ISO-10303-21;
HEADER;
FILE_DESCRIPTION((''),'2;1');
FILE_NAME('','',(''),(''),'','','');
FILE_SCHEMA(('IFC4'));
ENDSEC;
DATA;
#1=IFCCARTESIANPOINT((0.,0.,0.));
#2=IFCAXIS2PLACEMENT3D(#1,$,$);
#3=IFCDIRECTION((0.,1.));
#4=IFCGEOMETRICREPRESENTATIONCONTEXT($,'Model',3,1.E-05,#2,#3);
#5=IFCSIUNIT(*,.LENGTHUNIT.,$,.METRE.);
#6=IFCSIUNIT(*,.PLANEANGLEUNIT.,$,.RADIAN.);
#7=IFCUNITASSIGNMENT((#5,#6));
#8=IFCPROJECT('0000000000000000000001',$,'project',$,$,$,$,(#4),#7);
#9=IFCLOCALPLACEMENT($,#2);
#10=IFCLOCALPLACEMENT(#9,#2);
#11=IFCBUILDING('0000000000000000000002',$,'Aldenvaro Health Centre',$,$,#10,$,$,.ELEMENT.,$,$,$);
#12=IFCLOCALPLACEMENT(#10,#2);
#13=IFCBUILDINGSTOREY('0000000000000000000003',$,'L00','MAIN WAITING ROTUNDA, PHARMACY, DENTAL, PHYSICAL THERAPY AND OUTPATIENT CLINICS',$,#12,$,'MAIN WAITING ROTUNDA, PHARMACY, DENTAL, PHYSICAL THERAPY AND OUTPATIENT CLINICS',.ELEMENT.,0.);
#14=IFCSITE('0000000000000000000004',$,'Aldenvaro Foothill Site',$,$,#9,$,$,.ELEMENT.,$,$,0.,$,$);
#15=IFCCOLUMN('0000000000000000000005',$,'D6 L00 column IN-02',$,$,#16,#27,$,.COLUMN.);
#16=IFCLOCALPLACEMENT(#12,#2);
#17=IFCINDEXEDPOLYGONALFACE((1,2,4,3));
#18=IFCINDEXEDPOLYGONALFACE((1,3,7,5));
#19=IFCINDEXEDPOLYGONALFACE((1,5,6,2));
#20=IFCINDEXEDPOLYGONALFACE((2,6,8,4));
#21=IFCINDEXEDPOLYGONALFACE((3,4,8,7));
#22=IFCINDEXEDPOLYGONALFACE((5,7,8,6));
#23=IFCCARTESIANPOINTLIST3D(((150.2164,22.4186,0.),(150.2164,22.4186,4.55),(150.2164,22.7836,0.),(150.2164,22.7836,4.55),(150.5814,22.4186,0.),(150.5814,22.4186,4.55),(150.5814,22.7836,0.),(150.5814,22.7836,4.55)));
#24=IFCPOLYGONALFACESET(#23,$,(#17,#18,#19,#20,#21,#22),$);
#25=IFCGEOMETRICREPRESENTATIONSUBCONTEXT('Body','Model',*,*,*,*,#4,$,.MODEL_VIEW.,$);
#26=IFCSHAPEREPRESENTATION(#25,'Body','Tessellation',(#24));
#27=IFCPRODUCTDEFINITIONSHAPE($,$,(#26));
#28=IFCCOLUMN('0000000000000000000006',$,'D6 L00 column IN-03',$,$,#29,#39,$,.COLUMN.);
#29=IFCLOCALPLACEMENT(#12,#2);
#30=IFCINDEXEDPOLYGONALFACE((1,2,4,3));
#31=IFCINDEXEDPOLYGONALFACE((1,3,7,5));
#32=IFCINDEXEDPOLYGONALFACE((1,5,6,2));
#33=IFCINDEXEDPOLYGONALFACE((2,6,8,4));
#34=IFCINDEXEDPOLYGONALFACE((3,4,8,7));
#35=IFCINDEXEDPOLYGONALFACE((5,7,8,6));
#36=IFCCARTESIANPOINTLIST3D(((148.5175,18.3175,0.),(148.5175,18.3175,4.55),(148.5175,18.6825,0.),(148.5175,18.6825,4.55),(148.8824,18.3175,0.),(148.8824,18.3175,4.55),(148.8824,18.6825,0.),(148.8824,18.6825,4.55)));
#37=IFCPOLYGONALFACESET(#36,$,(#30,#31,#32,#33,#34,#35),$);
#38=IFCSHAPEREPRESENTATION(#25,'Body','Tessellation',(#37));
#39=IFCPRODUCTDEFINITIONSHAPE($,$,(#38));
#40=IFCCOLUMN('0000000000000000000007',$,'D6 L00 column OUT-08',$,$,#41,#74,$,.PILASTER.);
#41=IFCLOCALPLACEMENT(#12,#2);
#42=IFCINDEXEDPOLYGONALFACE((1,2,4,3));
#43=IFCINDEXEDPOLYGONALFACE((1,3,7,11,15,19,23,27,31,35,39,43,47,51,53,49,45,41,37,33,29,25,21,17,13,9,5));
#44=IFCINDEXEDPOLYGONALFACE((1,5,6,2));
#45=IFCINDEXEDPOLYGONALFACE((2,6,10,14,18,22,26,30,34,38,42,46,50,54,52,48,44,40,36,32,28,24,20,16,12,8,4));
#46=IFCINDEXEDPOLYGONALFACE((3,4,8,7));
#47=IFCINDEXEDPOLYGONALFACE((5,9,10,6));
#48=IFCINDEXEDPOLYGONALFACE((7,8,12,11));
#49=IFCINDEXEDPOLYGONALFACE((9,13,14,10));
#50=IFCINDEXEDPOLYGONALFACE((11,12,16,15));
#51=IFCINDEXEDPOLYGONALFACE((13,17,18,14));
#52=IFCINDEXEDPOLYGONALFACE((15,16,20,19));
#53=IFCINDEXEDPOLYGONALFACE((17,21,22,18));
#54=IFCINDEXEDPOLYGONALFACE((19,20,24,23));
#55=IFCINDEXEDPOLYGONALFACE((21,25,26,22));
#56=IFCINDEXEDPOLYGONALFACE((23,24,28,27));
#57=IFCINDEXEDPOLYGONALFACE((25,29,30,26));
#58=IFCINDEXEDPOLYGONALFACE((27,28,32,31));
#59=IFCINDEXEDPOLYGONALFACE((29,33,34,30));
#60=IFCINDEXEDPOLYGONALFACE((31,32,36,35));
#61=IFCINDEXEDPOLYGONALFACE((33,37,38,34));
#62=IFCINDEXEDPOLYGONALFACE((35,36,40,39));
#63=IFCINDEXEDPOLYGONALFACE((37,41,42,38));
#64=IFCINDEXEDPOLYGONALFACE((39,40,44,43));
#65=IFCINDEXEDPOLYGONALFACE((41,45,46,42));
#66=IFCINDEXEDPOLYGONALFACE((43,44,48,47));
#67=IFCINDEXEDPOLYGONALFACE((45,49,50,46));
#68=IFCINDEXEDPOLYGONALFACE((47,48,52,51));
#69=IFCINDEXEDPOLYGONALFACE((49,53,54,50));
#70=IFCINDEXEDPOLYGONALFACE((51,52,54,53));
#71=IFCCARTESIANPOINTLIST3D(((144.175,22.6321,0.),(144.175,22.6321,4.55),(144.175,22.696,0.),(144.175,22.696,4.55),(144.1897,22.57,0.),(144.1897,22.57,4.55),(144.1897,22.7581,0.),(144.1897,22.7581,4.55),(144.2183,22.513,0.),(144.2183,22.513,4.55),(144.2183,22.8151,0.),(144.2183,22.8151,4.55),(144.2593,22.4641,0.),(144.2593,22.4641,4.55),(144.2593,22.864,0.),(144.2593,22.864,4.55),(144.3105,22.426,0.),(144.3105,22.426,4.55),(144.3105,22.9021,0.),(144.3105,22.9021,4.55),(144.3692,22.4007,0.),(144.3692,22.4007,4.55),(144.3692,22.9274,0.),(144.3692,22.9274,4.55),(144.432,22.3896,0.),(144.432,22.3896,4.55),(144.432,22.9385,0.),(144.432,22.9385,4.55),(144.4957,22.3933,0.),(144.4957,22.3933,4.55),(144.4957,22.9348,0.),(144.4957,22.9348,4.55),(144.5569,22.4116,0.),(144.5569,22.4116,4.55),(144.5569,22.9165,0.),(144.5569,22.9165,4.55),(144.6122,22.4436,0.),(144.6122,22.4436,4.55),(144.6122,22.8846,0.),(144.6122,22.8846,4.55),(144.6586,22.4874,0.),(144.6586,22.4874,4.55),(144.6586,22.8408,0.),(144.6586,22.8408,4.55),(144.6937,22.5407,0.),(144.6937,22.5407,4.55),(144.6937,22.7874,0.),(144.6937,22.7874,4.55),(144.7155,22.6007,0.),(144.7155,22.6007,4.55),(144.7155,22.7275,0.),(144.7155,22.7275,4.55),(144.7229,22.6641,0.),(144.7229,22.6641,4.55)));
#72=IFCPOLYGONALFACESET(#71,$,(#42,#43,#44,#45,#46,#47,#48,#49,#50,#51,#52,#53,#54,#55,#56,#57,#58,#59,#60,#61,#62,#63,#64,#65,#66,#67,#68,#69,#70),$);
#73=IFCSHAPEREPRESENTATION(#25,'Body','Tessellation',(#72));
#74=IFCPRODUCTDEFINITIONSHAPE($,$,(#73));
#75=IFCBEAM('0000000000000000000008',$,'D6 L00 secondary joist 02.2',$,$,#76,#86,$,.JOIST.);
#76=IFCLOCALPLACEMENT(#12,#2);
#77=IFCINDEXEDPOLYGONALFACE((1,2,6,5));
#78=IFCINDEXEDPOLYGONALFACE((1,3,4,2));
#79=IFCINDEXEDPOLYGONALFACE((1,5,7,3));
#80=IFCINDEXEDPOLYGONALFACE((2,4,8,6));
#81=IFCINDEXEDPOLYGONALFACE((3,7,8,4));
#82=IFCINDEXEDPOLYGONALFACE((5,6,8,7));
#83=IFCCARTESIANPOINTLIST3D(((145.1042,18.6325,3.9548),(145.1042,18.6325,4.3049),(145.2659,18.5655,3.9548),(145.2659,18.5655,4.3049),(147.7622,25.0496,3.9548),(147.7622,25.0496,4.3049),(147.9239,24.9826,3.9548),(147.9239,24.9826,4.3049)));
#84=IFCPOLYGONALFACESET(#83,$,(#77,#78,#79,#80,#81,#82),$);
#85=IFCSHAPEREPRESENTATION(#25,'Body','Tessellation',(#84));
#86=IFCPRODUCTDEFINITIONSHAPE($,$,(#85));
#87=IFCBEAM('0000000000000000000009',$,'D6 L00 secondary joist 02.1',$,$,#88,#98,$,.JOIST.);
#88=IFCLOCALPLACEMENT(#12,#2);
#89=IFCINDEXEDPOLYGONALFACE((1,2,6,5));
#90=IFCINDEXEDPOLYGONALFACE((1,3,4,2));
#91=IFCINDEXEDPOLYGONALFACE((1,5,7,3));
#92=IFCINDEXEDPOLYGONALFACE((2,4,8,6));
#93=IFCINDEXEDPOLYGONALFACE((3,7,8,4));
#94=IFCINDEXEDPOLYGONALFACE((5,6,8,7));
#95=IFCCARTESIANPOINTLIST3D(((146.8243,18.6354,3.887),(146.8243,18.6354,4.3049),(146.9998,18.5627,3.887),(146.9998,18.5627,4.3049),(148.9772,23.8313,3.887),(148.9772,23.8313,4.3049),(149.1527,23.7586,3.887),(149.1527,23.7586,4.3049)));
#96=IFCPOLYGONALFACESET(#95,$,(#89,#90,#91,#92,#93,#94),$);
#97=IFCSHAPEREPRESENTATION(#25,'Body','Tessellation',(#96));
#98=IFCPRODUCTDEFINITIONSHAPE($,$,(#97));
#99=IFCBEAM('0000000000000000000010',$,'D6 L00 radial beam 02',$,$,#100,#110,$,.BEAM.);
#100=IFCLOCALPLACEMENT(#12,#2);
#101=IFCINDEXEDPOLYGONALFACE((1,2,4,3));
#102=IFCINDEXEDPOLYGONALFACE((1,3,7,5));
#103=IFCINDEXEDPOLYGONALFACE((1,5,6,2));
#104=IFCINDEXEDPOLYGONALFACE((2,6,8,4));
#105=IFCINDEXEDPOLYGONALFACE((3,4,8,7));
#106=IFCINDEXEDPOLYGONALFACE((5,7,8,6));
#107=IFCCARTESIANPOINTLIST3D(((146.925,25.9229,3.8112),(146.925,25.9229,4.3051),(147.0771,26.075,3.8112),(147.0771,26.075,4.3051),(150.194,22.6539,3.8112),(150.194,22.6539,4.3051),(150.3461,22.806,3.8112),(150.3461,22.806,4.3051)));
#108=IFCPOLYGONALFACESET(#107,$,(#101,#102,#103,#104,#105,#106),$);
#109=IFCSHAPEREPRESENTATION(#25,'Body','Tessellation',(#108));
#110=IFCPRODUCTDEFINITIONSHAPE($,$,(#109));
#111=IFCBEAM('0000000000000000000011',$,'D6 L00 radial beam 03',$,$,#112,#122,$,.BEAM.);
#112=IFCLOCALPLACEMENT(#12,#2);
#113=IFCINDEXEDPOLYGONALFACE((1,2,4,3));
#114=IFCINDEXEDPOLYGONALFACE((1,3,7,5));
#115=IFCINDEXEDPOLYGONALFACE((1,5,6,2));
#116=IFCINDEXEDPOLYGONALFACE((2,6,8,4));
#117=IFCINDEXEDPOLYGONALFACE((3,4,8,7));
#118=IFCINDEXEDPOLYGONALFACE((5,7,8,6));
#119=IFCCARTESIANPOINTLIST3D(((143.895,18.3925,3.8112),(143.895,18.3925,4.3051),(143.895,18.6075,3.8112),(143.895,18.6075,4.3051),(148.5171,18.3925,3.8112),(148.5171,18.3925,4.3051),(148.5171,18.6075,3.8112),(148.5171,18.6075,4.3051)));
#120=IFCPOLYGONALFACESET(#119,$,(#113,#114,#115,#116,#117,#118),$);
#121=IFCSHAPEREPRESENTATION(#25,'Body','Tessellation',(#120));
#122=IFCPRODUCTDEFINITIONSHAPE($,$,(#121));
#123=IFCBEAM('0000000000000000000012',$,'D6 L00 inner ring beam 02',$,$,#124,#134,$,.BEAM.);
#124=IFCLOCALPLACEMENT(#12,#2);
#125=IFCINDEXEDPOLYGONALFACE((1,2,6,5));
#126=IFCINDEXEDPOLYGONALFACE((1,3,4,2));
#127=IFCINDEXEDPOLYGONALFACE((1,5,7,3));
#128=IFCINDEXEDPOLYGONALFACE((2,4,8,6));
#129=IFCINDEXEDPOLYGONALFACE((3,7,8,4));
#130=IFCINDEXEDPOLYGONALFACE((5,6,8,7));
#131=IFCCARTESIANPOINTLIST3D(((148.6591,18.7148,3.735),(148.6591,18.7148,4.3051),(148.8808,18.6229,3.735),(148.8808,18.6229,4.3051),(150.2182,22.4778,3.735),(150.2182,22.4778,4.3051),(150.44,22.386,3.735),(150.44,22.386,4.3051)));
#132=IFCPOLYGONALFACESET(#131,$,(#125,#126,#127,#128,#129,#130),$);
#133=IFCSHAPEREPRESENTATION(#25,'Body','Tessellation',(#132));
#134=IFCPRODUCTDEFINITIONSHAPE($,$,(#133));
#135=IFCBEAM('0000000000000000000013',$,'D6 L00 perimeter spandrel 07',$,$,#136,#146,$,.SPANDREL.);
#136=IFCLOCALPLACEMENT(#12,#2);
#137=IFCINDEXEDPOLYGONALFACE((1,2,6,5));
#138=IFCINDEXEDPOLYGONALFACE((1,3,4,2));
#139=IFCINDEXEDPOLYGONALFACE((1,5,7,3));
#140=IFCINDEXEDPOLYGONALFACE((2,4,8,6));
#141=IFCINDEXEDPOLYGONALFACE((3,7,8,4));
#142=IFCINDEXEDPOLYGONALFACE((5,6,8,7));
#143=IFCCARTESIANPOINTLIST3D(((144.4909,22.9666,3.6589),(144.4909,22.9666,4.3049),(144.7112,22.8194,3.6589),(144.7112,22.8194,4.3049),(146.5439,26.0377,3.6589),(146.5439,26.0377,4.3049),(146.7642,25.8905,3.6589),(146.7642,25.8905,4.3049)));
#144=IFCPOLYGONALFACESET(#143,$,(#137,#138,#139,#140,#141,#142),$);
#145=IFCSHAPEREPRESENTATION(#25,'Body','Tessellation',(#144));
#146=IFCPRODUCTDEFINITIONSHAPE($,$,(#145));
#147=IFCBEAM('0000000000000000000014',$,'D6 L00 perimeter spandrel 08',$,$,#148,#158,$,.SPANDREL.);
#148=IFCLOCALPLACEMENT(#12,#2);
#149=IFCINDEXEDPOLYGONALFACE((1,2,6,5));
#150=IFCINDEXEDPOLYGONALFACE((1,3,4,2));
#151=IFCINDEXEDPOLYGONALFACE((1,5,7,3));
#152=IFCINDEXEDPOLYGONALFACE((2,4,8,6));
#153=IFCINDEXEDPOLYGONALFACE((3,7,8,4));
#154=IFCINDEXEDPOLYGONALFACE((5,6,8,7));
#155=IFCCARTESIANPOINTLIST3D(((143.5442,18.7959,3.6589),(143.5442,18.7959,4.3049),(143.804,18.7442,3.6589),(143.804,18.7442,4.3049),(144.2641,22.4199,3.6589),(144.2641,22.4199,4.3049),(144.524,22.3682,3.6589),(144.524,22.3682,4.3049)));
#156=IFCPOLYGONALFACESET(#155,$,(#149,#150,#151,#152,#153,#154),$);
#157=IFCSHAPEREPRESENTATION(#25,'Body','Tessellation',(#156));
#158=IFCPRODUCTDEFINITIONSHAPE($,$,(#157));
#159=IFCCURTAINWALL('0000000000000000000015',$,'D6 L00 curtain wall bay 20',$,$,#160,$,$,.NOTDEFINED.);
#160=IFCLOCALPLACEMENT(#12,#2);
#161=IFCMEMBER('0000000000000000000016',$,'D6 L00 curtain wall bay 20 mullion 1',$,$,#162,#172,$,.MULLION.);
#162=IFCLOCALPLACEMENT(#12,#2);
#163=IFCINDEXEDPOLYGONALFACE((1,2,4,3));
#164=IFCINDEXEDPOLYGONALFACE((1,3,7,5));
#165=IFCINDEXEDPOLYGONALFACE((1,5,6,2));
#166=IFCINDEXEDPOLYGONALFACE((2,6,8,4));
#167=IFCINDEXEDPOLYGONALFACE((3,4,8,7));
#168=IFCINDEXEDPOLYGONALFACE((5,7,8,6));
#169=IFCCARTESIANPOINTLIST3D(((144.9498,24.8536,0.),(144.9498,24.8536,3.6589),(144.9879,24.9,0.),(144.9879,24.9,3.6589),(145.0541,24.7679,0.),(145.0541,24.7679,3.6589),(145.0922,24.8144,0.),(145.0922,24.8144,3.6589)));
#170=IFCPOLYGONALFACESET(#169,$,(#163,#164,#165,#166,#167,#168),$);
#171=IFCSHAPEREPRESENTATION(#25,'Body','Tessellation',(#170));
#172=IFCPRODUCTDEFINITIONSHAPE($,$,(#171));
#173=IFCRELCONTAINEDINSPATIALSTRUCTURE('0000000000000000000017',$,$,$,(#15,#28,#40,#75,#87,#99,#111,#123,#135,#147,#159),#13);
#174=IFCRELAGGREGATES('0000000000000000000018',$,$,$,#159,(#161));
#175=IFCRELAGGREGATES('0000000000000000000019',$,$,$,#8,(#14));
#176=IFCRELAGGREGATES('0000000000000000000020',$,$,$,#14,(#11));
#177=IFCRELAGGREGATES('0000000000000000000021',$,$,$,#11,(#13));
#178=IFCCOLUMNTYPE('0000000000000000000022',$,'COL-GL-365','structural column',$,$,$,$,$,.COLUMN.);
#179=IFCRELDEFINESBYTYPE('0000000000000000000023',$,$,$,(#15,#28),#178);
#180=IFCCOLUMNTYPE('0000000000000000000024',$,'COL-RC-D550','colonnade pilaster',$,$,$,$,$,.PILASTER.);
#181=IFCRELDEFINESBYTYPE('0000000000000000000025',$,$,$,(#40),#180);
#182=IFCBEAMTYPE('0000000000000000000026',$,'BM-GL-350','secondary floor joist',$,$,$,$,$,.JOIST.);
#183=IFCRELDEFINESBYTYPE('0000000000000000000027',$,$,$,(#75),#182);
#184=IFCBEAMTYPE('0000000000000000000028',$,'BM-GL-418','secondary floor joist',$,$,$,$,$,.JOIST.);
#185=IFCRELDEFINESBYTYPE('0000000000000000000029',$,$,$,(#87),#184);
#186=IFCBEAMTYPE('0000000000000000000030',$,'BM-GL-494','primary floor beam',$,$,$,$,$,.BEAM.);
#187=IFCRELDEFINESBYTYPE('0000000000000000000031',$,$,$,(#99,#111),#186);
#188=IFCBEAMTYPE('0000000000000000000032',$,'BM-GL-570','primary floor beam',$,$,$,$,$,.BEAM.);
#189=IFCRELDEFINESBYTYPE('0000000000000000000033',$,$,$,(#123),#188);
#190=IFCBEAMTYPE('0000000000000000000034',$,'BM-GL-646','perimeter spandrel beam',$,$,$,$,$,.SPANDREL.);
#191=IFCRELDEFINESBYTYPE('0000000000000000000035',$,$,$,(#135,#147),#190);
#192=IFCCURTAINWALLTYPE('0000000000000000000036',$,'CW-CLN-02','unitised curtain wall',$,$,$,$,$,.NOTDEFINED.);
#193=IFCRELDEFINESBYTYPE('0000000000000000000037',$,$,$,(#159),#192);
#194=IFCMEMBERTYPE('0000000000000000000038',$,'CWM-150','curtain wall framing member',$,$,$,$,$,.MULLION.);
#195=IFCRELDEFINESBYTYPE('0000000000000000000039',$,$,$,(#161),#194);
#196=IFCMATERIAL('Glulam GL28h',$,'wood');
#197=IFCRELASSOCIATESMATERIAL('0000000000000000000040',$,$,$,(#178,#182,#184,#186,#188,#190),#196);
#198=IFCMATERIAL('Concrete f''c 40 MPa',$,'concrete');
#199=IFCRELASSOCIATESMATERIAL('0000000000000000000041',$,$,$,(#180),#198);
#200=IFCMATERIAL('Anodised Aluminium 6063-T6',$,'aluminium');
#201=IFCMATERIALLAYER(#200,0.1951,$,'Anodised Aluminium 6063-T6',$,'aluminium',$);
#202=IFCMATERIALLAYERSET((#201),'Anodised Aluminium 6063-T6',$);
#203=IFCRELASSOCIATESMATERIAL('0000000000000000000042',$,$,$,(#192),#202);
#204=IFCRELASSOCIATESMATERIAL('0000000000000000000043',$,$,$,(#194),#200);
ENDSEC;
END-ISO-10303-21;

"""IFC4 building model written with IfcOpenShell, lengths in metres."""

from ifc_helpers import new_model, si_unit, direction, frame, origin, origin_2d, place, context, subcontext, project, spatial, rectangle, circle, extrude, material, layer, layer_set, material_profile, profile_set, type_object, element, aggregate, save


model = new_model("IFC4")

# Units and contexts
model_context = context("Model", 3, precision=1e-05, world=origin(), true_north=direction((0.0, 1.0)))
body_context = subcontext(model_context, "Body", "Model", "MODEL_VIEW")
ifc_project = project(units=[si_unit("LENGTHUNIT", "METRE"), si_unit("PLANEANGLEUNIT", "RADIAN")], contexts=[model_context])

# Site, building, storey
site_placement = place(None, origin())
site = spatial("IfcSite", under=ifc_project, at=site_placement, Name="Aldenvaro Foothill Site", CompositionType="ELEMENT", RefElevation=0.0)
building_placement = place(site_placement, origin())
building = spatial("IfcBuilding", under=site, at=building_placement, Name="Aldenvaro Health Centre", CompositionType="ELEMENT")
storey_placement = place(building_placement, origin())
storey = spatial("IfcBuildingStorey", under=building, at=storey_placement, Name="L00", Description="MAIN WAITING ROTUNDA, PHARMACY, DENTAL, PHYSICAL THERAPY AND OUTPATIENT CLINICS", LongName="MAIN WAITING ROTUNDA, PHARMACY, DENTAL, PHYSICAL THERAPY AND OUTPATIENT CLINICS", CompositionType="ELEMENT", Elevation=0.0)

# Columns
ifc_material_1 = material(Name="Glulam GL28h", Category="wood")
ifc_material_profile_1 = material_profile(ifc_material_1, rectangle(XDim=0.365, YDim=0.365, at=origin_2d()), Name="GL 365x365", Category="wood")
ifc_profile_set_1 = profile_set([ifc_material_profile_1], Name="Glulam GL28h")
column_type_1 = type_object("IfcColumnType", Name="COL-GL-365", Description="structural column", PredefinedType="COLUMN", material=ifc_profile_set_1)
for number, where, z_axis, x_axis, name in (
    (1, (150.3989, 22.6011, 0.0), (0.0, 0.0, 1.0), (1.0, 0.0, 0.0), "D6 L00 column IN-02"),
    (2, (148.7, 18.5, 0.0), (0.0, 0.0, 1.0), (1.0, 0.0, 0.0), "D6 L00 column IN-03"),
):
    element("IfcColumn", number, at=place(storey_placement, frame(where, z_axis=z_axis, x_axis=x_axis)), inside=storey, type_object=column_type_1, Name=name, PredefinedType="COLUMN", context=body_context, shape_type="SweptSolid", body=[
        extrude(rectangle(XDim=0.365, YDim=0.365, at=origin_2d()), origin(), (0.0, 0.0, 1.0), 4.55),
    ])
ifc_material_2 = material(Name="Concrete f'c 40 MPa", Category="concrete")
ifc_material_profile_2 = material_profile(ifc_material_2, circle(Radius=0.2749, at=origin_2d()), Name="RC D550", Category="concrete")
ifc_profile_set_2 = profile_set([ifc_material_profile_2], Name="Concrete f'c 40 MPa")
column_type_2 = type_object("IfcColumnType", Name="COL-RC-D550", Description="colonnade pilaster", PredefinedType="PILASTER", material=ifc_profile_set_2)
column_placement = place(storey_placement, frame((144.448, 22.6641, 0.0), z_axis=(0.0, 0.0, 1.0), x_axis=(1.0, 0.0, 0.0)))
element("IfcColumn", 3, at=column_placement, inside=storey, type_object=column_type_2, Name="D6 L00 column OUT-08", PredefinedType="PILASTER", context=body_context, shape_type="SweptSolid", body=[
    extrude(circle(Radius=0.2749, at=origin_2d()), origin(), (0.0, 0.0, 1.0), 4.55),
])

# Beams
ifc_material_profile_3 = material_profile(ifc_material_1, rectangle(XDim=0.175, YDim=0.3501, at=origin_2d()), Name="GL 175x350", Category="wood")
ifc_profile_set_3 = profile_set([ifc_material_profile_3], Name="Glulam GL28h")
beam_type_1 = type_object("IfcBeamType", Name="BM-GL-350", Description="secondary floor joist", PredefinedType="JOIST", material=ifc_profile_set_3)
beam_1_placement = place(storey_placement, frame((147.843, 25.0161, 4.1299), z_axis=(-0.382678, -0.923882, 0.0), x_axis=(0.923882, -0.382678, 0.0)))
element("IfcBeam", 4, at=beam_1_placement, inside=storey, type_object=beam_type_1, Name="D6 L00 secondary joist 02.2", PredefinedType="JOIST", context=body_context, shape_type="SweptSolid", body=[
    extrude(rectangle(XDim=0.175, YDim=0.3501, at=origin_2d()), origin(), (0.0, 0.0, 1.0), 6.9458),
])
ifc_material_profile_4 = material_profile(ifc_material_1, rectangle(XDim=0.1899, YDim=0.418, at=origin_2d()), Name="GL 190x418", Category="wood")
ifc_profile_set_4 = profile_set([ifc_material_profile_4], Name="Glulam GL28h")
beam_type_2 = type_object("IfcBeamType", Name="BM-GL-418", Description="secondary floor joist", PredefinedType="JOIST", material=ifc_profile_set_4)
beam_2_placement = place(storey_placement, frame((149.0649, 23.7949, 4.0959), z_axis=(-0.382784, -0.923838, 0.0), x_axis=(0.923838, -0.382784, 0.0)))
element("IfcBeam", 5, at=beam_2_placement, inside=storey, type_object=beam_type_2, Name="D6 L00 secondary joist 02.1", PredefinedType="JOIST", context=body_context, shape_type="SweptSolid", body=[
    extrude(rectangle(XDim=0.1899, YDim=0.418, at=origin_2d()), origin(), (0.0, 0.0, 1.0), 5.6243),
])
ifc_material_profile_5 = material_profile(ifc_material_1, rectangle(XDim=0.2151, YDim=0.4939, at=origin_2d()), Name="GL 215x494", Category="wood")
ifc_profile_set_5 = profile_set([ifc_material_profile_5], Name="Glulam GL28h")
beam_type_3 = type_object("IfcBeamType", Name="BM-GL-494", Description="primary floor beam", PredefinedType="BEAM", material=ifc_profile_set_5)
beam_3_placement = place(storey_placement, frame((150.27, 22.73, 4.0581), z_axis=(-0.707107, 0.707107, 0.0), x_axis=(-0.707107, -0.707107, 0.0)))
element("IfcBeam", 6, at=beam_3_placement, inside=storey, type_object=beam_type_3, Name="D6 L00 radial beam 02", PredefinedType="BEAM", context=body_context, shape_type="SweptSolid", body=[
    extrude(rectangle(XDim=0.2151, YDim=0.4939, at=origin_2d()), origin(), (0.0, 0.0, 1.0), 4.623),
])
beam_4_placement = place(storey_placement, frame((148.5171, 18.5, 4.0581), z_axis=(-1.0, 0.0, 0.0), x_axis=(0.0, -1.0, 0.0)))
element("IfcBeam", 7, at=beam_4_placement, inside=storey, type_object=beam_type_3, Name="D6 L00 radial beam 03", PredefinedType="BEAM", context=body_context, shape_type="SweptSolid", body=[
    extrude(rectangle(XDim=0.2151, YDim=0.4939, at=origin_2d()), origin(), (0.0, 0.0, 1.0), 4.6221),
])
ifc_material_profile_6 = material_profile(ifc_material_1, rectangle(XDim=0.24, YDim=0.5701, at=origin_2d()), Name="GL 240x570", Category="wood")
ifc_profile_set_6 = profile_set([ifc_material_profile_6], Name="Glulam GL28h")
beam_type_4 = type_object("IfcBeamType", Name="BM-GL-570", Description="primary floor beam", PredefinedType="BEAM", material=ifc_profile_set_6)
beam_5_placement = place(storey_placement, frame((150.3291, 22.4319, 4.02), z_axis=(-0.382772, -0.923843, 0.0), x_axis=(0.923843, -0.382772, 0.0)))
element("IfcBeam", 8, at=beam_5_placement, inside=storey, type_object=beam_type_4, Name="D6 L00 inner ring beam 02", PredefinedType="BEAM", context=body_context, shape_type="SweptSolid", body=[
    extrude(rectangle(XDim=0.24, YDim=0.5701, at=origin_2d()), origin(), (0.0, 0.0, 1.0), 4.0732),
])
ifc_material_profile_7 = material_profile(ifc_material_1, rectangle(XDim=0.2649, YDim=0.646, at=origin_2d()), Name="GL 265x646", Category="wood")
ifc_profile_set_7 = profile_set([ifc_material_profile_7], Name="Glulam GL28h")
beam_type_5 = type_object("IfcBeamType", Name="BM-GL-646", Description="perimeter spandrel beam", PredefinedType="SPANDREL", material=ifc_profile_set_7)
beam_6_placement = place(storey_placement, frame((146.6541, 25.9641, 3.9819), z_axis=(-0.555752, -0.831348, 0.0), x_axis=(0.831348, -0.555752, 0.0)))
element("IfcBeam", 9, at=beam_6_placement, inside=storey, type_object=beam_type_5, Name="D6 L00 perimeter spandrel 07", PredefinedType="SPANDREL", context=body_context, shape_type="SweptSolid", body=[
    extrude(rectangle(XDim=0.2649, YDim=0.646, at=origin_2d()), origin(), (0.0, 0.0, 1.0), 3.6941),
])
beam_7_placement = place(storey_placement, frame((144.394, 22.394, 3.9819), z_axis=(-0.194858, -0.980831, 0.0), x_axis=(0.980831, -0.194858, 0.0)))
element("IfcBeam", 10, at=beam_7_placement, inside=storey, type_object=beam_type_5, Name="D6 L00 perimeter spandrel 08", PredefinedType="SPANDREL", context=body_context, shape_type="SweptSolid", body=[
    extrude(rectangle(XDim=0.2649, YDim=0.646, at=origin_2d()), origin(), (0.0, 0.0, 1.0), 3.6948),
])

# Curtain wall, member
ifc_material_3 = material(Name="Anodised Aluminium 6063-T6", Category="aluminium")
ifc_layer_1 = layer(ifc_material_3, 0.1951, Name="Anodised Aluminium 6063-T6", Category="aluminium")
ifc_layer_set_1 = layer_set([ifc_layer_1], Name="Anodised Aluminium 6063-T6")
curtain_wall_type = type_object("IfcCurtainWallType", Name="CW-CLN-02", Description="unitised curtain wall", PredefinedType="NOTDEFINED", material=ifc_layer_set_1)
curtain_wall_placement = place(storey_placement, origin())
curtain_wall = element("IfcCurtainWall", 11, at=curtain_wall_placement, inside=storey, type_object=curtain_wall_type, Name="D6 L00 curtain wall bay 20", PredefinedType="NOTDEFINED")
ifc_material_profile_8 = material_profile(ifc_material_3, rectangle(XDim=0.0601, YDim=0.135, at=origin_2d()), Name="ALU 60x135", Category="aluminium")
ifc_profile_set_8 = profile_set([ifc_material_profile_8], Name="Anodised Aluminium 6063-T6")
member_type_1 = type_object("IfcMemberType", Name="CWM-150", Description="curtain wall framing member", PredefinedType="MULLION", material=ifc_profile_set_8)
member_1_placement = place(storey_placement, frame((145.021, 24.834, 0.0), z_axis=(0.0, 0.0, 1.0), x_axis=(0.634577, 0.77286, 0.0)))
member_1 = element("IfcMember", 12, at=member_1_placement, type_object=member_type_1, Name="D6 L00 curtain wall bay 20 mullion 1", PredefinedType="MULLION", context=body_context, shape_type="SweptSolid", body=[
    extrude(rectangle(XDim=0.0601, YDim=0.135, at=origin_2d()), origin(), (0.0, 0.0, 1.0), 3.6589),
])

aggregate(curtain_wall, [member_1])

save(model, "model.ifc")
